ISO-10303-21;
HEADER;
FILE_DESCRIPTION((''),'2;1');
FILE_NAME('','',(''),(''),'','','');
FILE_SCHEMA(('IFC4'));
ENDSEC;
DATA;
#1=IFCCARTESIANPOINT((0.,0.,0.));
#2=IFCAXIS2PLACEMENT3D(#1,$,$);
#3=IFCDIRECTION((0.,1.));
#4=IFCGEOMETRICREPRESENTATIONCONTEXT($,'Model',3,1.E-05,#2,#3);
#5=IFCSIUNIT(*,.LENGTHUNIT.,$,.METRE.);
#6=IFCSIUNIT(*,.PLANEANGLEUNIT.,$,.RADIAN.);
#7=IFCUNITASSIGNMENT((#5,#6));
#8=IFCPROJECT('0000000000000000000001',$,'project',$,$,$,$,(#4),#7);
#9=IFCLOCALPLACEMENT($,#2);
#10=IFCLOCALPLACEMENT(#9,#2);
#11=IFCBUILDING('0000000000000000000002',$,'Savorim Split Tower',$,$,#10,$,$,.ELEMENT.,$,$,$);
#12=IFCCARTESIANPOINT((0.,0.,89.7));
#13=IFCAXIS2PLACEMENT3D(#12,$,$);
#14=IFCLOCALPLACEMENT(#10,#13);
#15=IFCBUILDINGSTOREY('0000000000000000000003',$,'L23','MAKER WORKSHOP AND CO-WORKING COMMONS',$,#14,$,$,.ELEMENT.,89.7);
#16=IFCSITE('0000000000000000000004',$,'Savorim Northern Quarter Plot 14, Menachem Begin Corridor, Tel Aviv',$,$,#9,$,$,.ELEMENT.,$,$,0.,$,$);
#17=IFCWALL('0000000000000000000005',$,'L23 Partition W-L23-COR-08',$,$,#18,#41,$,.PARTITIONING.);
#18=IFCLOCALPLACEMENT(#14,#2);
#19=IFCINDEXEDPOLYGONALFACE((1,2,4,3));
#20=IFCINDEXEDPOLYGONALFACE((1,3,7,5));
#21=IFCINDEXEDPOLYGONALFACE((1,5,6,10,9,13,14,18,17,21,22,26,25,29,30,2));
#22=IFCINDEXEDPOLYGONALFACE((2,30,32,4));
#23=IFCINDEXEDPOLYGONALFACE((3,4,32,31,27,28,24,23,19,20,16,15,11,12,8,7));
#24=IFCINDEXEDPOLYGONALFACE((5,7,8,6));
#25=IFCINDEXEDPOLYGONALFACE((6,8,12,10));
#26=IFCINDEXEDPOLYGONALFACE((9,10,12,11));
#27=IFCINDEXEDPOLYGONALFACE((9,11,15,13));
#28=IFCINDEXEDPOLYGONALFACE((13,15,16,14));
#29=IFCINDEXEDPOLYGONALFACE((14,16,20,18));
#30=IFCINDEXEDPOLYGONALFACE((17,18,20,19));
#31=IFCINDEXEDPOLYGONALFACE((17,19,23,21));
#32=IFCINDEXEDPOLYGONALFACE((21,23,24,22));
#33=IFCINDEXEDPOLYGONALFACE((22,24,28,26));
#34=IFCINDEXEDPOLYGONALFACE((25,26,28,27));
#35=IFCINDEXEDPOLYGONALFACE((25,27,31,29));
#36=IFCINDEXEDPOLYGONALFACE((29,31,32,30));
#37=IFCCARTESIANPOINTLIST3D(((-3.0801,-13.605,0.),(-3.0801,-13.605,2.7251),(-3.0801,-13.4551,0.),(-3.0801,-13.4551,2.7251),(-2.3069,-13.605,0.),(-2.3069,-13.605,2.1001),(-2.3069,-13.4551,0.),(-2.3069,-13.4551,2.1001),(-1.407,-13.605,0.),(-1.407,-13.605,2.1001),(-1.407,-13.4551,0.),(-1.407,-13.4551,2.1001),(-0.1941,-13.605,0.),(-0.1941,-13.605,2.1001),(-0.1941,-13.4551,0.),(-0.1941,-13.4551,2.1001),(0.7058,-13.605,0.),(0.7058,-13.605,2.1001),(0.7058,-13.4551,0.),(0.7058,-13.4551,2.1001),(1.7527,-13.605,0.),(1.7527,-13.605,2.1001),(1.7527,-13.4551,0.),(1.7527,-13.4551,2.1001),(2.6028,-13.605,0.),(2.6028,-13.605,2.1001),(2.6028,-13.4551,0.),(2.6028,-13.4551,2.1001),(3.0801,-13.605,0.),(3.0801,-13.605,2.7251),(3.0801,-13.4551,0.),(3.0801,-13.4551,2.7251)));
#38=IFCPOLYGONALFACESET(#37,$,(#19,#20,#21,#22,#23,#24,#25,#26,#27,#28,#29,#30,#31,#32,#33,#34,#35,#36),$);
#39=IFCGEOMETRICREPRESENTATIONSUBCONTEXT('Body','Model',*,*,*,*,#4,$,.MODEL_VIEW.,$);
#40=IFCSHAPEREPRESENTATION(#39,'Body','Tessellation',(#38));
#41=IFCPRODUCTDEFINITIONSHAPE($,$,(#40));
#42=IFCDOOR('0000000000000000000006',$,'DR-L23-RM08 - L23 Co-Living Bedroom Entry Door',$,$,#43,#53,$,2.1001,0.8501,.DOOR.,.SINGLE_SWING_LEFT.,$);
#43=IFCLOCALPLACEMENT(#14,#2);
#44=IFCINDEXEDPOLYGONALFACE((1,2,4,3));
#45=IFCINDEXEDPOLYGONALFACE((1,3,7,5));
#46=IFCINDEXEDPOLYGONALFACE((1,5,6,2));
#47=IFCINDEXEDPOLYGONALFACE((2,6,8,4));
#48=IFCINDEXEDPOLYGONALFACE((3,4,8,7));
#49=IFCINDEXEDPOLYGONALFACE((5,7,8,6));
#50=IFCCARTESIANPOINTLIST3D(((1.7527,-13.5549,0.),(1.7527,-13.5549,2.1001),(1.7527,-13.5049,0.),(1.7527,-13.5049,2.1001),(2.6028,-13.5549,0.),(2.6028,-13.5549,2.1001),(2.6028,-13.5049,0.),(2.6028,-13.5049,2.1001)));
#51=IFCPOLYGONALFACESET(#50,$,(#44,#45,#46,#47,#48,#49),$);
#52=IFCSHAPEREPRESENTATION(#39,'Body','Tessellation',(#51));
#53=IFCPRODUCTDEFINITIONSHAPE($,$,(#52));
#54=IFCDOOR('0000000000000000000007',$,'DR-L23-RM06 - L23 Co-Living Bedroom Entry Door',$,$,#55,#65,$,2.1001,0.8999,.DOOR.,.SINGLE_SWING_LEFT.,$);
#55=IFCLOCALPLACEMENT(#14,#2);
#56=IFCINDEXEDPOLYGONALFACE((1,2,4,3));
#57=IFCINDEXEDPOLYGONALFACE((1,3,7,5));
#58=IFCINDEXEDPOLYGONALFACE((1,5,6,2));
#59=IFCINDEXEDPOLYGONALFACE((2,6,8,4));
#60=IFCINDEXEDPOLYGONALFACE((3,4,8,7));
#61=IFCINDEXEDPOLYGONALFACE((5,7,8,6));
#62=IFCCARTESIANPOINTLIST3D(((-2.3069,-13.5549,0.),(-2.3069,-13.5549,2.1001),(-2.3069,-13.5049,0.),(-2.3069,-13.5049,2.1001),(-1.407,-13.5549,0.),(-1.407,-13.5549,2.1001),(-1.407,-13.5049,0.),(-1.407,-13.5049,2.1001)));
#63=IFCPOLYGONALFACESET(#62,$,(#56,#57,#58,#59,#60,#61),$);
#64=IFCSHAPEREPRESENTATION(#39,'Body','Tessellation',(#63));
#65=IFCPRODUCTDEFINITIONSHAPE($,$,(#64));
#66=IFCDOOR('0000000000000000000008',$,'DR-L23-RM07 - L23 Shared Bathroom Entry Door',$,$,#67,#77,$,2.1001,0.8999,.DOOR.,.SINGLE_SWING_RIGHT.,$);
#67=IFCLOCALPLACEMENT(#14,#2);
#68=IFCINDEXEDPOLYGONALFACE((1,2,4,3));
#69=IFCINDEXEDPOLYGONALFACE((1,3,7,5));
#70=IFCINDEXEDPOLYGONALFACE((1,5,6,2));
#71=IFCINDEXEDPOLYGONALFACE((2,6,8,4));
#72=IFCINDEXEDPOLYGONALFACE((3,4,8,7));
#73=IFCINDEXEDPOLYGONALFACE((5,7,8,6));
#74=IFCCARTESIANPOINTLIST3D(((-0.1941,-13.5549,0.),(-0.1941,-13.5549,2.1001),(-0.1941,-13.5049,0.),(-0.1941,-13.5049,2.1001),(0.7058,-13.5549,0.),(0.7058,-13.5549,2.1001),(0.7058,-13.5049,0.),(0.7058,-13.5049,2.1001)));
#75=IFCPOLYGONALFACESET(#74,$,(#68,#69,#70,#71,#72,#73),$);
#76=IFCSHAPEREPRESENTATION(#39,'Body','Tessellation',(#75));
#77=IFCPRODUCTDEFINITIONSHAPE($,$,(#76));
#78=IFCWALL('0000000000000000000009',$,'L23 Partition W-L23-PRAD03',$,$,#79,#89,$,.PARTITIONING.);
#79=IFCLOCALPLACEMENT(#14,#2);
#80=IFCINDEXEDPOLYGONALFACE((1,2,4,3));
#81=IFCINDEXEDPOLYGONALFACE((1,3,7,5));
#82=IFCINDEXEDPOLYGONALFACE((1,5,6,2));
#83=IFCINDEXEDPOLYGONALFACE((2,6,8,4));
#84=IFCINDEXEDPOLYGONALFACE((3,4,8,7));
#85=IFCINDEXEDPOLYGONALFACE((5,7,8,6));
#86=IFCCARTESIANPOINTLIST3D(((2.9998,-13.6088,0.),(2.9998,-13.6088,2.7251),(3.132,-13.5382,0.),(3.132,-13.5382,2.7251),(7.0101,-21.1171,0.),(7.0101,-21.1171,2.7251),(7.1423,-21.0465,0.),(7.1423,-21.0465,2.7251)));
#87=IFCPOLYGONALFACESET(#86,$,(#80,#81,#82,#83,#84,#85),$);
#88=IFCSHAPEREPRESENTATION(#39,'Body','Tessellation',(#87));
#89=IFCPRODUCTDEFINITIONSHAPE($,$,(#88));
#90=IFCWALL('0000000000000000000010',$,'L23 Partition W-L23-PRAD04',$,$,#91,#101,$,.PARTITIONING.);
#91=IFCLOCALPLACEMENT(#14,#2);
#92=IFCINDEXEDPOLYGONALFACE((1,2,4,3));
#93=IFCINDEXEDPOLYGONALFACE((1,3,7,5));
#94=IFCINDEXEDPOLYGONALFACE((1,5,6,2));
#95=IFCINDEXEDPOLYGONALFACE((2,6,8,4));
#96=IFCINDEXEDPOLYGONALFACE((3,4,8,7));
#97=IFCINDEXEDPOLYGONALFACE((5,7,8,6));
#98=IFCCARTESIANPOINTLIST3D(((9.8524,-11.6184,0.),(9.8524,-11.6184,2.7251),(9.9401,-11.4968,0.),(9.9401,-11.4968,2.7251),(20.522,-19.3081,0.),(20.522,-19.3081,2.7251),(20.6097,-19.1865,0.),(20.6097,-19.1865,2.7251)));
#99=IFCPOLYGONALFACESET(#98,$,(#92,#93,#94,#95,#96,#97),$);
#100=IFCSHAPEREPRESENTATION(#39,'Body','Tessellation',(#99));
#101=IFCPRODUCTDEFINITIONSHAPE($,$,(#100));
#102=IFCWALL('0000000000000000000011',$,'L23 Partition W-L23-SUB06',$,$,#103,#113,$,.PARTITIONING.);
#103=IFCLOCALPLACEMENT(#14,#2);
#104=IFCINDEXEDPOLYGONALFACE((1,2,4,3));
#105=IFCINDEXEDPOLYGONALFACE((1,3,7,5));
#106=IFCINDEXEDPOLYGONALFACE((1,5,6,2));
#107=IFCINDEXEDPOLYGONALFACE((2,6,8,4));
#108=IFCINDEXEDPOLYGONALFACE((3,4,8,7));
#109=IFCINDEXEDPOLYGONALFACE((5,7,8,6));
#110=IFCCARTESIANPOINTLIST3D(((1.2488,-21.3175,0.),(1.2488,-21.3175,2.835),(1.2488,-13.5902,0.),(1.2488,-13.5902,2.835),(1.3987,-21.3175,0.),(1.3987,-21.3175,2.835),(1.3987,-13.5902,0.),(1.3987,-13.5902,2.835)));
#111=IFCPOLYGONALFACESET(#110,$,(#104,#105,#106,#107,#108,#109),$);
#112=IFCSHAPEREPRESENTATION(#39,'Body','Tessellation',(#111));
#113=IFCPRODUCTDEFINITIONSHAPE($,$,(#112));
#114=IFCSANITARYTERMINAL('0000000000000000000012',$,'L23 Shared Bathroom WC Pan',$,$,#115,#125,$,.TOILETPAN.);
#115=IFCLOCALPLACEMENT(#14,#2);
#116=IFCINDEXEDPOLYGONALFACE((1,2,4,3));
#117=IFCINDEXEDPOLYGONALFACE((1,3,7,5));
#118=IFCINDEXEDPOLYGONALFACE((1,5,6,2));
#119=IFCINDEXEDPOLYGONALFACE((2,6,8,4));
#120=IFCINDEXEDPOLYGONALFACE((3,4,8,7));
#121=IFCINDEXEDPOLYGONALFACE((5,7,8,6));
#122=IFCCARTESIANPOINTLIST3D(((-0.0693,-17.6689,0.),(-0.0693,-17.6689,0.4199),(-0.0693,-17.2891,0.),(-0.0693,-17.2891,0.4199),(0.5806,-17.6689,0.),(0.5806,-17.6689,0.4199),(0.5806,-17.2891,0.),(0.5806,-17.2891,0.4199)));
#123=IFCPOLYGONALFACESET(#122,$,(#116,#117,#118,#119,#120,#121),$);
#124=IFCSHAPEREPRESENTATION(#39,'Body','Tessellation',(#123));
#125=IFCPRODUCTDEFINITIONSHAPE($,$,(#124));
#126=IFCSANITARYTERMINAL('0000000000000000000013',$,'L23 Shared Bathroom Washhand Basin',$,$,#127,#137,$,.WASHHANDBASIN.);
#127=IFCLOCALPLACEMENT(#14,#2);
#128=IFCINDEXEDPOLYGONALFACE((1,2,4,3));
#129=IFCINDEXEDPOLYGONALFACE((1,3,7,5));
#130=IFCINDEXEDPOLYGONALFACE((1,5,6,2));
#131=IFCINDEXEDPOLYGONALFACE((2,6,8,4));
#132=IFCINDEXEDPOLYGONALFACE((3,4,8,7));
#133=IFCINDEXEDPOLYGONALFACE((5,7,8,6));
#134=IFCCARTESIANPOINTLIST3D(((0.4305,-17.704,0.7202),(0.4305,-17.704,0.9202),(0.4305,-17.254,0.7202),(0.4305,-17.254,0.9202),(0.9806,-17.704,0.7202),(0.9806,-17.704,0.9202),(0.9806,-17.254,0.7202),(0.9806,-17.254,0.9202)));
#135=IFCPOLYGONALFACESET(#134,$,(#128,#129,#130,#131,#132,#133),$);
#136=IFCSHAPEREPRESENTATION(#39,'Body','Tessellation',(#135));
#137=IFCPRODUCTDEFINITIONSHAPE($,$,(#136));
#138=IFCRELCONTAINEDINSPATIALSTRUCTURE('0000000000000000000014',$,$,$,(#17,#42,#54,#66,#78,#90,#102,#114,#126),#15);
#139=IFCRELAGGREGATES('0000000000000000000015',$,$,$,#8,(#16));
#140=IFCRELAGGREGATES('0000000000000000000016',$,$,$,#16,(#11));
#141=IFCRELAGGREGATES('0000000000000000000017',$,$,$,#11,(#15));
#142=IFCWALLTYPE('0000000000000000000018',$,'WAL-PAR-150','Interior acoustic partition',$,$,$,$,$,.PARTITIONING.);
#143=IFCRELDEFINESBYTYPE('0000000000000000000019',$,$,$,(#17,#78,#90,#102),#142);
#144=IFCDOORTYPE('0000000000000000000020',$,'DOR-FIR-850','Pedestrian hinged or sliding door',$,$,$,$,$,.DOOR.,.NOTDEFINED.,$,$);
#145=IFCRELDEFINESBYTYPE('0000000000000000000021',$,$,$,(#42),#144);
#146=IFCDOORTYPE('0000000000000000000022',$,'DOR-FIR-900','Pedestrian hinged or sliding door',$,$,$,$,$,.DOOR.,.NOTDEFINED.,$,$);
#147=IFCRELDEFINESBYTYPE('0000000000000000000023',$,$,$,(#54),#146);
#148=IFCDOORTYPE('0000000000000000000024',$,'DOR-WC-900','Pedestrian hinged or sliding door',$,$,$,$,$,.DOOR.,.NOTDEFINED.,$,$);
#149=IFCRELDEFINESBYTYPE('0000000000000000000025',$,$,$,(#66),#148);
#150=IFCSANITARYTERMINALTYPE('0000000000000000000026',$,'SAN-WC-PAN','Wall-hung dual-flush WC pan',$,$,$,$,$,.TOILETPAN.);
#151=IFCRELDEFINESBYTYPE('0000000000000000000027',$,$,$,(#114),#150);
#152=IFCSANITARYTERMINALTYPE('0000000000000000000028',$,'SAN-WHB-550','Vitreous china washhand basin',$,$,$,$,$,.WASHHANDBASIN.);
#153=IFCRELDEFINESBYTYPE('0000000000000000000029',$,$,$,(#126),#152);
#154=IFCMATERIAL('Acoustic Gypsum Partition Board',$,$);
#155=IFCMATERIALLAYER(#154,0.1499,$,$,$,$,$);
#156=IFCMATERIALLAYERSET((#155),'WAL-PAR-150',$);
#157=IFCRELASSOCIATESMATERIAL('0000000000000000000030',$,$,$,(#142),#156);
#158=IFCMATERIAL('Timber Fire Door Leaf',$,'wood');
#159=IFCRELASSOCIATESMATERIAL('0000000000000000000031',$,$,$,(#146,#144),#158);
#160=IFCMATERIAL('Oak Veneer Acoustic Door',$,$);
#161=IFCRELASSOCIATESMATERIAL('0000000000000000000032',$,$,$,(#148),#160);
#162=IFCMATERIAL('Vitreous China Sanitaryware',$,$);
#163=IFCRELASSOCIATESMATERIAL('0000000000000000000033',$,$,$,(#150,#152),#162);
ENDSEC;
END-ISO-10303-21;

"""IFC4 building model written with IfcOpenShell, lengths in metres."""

from ifc_helpers import new_model, si_unit, direction, frame, frame_2d, origin, origin_2d, place, context, subcontext, project, spatial, rectangle, extrude, material, layer, layer_set, type_object, element, fill, save


model = new_model("IFC4")

# Units and contexts
model_context = context("Model", 3, precision=1e-05, world=origin(), true_north=direction((0.0, 1.0)))
body_context = subcontext(model_context, "Body", "Model", "MODEL_VIEW")
ifc_project = project(units=[si_unit("LENGTHUNIT", "METRE"), si_unit("PLANEANGLEUNIT", "RADIAN")], contexts=[model_context])

# Site, building, storey
site_placement = place(None, origin())
site = spatial("IfcSite", under=ifc_project, at=site_placement, Name="Savorim Northern Quarter Plot 14, Menachem Begin Corridor, Tel Aviv", CompositionType="ELEMENT", RefElevation=0.0)
building_placement = place(site_placement, origin())
building = spatial("IfcBuilding", under=site, at=building_placement, Name="Savorim Split Tower", CompositionType="ELEMENT")
storey_placement = place(building_placement, frame((0.0, 0.0, 89.7)))
storey = spatial("IfcBuildingStorey", under=building, at=storey_placement, Name="L23", Description="MAKER WORKSHOP AND CO-WORKING COMMONS", CompositionType="ELEMENT", Elevation=89.7)

# Shared definitions
ifc_material_1 = material(Name="Acoustic Gypsum Partition Board")
ifc_layer_1 = layer(ifc_material_1, 0.1499)
ifc_layer_set_1 = layer_set([ifc_layer_1], Name="WAL-PAR-150")
wall_type_1 = type_object("IfcWallType", Name="WAL-PAR-150", Description="Interior acoustic partition", PredefinedType="PARTITIONING", material=ifc_layer_set_1)

# Shared definitions
ifc_material_2 = material(Name="Timber Fire Door Leaf", Category="wood")
door_type_1 = type_object("IfcDoorType", Name="DOR-FIR-900", Description="Pedestrian hinged or sliding door", OperationType="NOTDEFINED", PredefinedType="DOOR", material=ifc_material_2)

# Wall, openings, doors
wall_1_placement = place(storey_placement, frame((3.0801, -13.53, 0.0), z_axis=(0.0, 0.0, 1.0), x_axis=(-1.0, 0.0, 0.0)))
wall_1 = element("IfcWall", 1, at=wall_1_placement, inside=storey, type_object=wall_type_1, Name="L23 Partition W-L23-COR-08", PredefinedType="PARTITIONING", context=body_context, shape_type="SweptSolid", body=[
    extrude(rectangle(XDim=6.1602, YDim=0.1499, at=frame_2d((3.0801, 0.0))), origin(), (0.0, 0.0, 1.0), 2.7251),
])
opening_1_placement = place(wall_1_placement, frame((4.4871, 0.0, 0.0)))
opening_1 = element("IfcOpeningElement", 2, at=opening_1_placement, cuts=wall_1, PredefinedType="OPENING", context=body_context, shape_type="SweptSolid", body=[
    extrude(rectangle(XDim=0.8999, YDim=2.1001, at=frame_2d((0.45, 1.05))), frame((0.0, 0.085, 0.0), z_axis=(0.0, -1.0, 0.0), x_axis=(1.0, 0.0, 0.0)), (0.0, 0.0, 1.0), 0.1699),
])
opening_2_placement = place(wall_1_placement, frame((2.3743, 0.0, 0.0)))
opening_2 = element("IfcOpeningElement", 3, at=opening_2_placement, cuts=wall_1, PredefinedType="OPENING", context=body_context, shape_type="SweptSolid", body=[
    extrude(rectangle(XDim=0.8999, YDim=2.1001, at=frame_2d((0.45, 1.05))), frame((0.0, 0.085, 0.0), z_axis=(0.0, -1.0, 0.0), x_axis=(1.0, 0.0, 0.0)), (0.0, 0.0, 1.0), 0.1699),
])
opening_3_placement = place(wall_1_placement, frame((0.4773, 0.0, 0.0)))
opening_3 = element("IfcOpeningElement", 4, at=opening_3_placement, cuts=wall_1, PredefinedType="OPENING", context=body_context, shape_type="SweptSolid", body=[
    extrude(rectangle(XDim=0.8501, YDim=2.1001, at=frame_2d((0.425, 1.05))), frame((0.0, 0.085, 0.0), z_axis=(0.0, -1.0, 0.0), x_axis=(1.0, 0.0, 0.0)), (0.0, 0.0, 1.0), 0.1699),
])
door_type_2 = type_object("IfcDoorType", Name="DOR-FIR-850", Description="Pedestrian hinged or sliding door", OperationType="NOTDEFINED", PredefinedType="DOOR", material=ifc_material_2)
door_1_placement = place(opening_3_placement, origin())
door_1 = element("IfcDoor", 5, at=door_1_placement, inside=storey, type_object=door_type_2, Name="DR-L23-RM08 - L23 Co-Living Bedroom Entry Door", OperationType="SINGLE_SWING_LEFT", OverallHeight=2.1001, OverallWidth=0.8501, PredefinedType="DOOR", context=body_context, shape_type="SweptSolid", body=[
    extrude(rectangle(XDim=0.8501, YDim=2.1001, at=frame_2d((0.425, 1.05))), frame((0.0, 0.0249, 0.0), z_axis=(0.0, -1.0, 0.0), x_axis=(1.0, 0.0, 0.0)), (0.0, 0.0, 1.0), 0.05),
])
fill(opening_3, door_1)
door_2_placement = place(opening_1_placement, origin())
door_2 = element("IfcDoor", 6, at=door_2_placement, inside=storey, type_object=door_type_1, Name="DR-L23-RM06 - L23 Co-Living Bedroom Entry Door", OperationType="SINGLE_SWING_LEFT", OverallHeight=2.1001, OverallWidth=0.8999, PredefinedType="DOOR", context=body_context, shape_type="SweptSolid", body=[
    extrude(rectangle(XDim=0.8999, YDim=2.1001, at=frame_2d((0.45, 1.05))), frame((0.0, 0.0249, 0.0), z_axis=(0.0, -1.0, 0.0), x_axis=(1.0, 0.0, 0.0)), (0.0, 0.0, 1.0), 0.05),
])
fill(opening_1, door_2)
ifc_material_3 = material(Name="Oak Veneer Acoustic Door")
door_type_3 = type_object("IfcDoorType", Name="DOR-WC-900", Description="Pedestrian hinged or sliding door", OperationType="NOTDEFINED", PredefinedType="DOOR", material=ifc_material_3)
door_3_placement = place(opening_2_placement, origin())
door_3 = element("IfcDoor", 7, at=door_3_placement, inside=storey, type_object=door_type_3, Name="DR-L23-RM07 - L23 Shared Bathroom Entry Door", OperationType="SINGLE_SWING_RIGHT", OverallHeight=2.1001, OverallWidth=0.8999, PredefinedType="DOOR", context=body_context, shape_type="SweptSolid", body=[
    extrude(rectangle(XDim=0.8999, YDim=2.1001, at=frame_2d((0.45, 1.05))), frame((0.0, 0.0249, 0.0), z_axis=(0.0, -1.0, 0.0), x_axis=(1.0, 0.0, 0.0)), (0.0, 0.0, 1.0), 0.05),
])
fill(opening_2, door_3)

# Walls
wall_2_placement = place(storey_placement, frame((3.0659, -13.5735, 0.0), z_axis=(0.0, 0.0, 1.0), x_axis=(0.471121, -0.882069, 0.0)))
element("IfcWall", 8, at=wall_2_placement, inside=storey, type_object=wall_type_1, Name="L23 Partition W-L23-PRAD03", PredefinedType="PARTITIONING", context=body_context, shape_type="SweptSolid", body=[
    extrude(rectangle(XDim=8.5122, YDim=0.1499, at=frame_2d((4.2561, 0.0))), origin(), (0.0, 0.0, 1.0), 2.7251),
])
wall_3_placement = place(storey_placement, frame((9.8962, -11.5576, 0.0), z_axis=(0.0, 0.0, 1.0), x_axis=(0.811263, -0.584682, 0.0)))
element("IfcWall", 9, at=wall_3_placement, inside=storey, type_object=wall_type_1, Name="L23 Partition W-L23-PRAD04", PredefinedType="PARTITIONING", context=body_context, shape_type="SweptSolid", body=[
    extrude(rectangle(XDim=13.1519, YDim=0.1499, at=frame_2d((6.5759, 0.0))), origin(), (0.0, 0.0, 1.0), 2.7251),
])
wall_4_placement = place(storey_placement, frame((1.3237, -13.5901, 0.0), z_axis=(0.0, 0.0, 1.0), x_axis=(0.0, -1.0, 0.0)))
element("IfcWall", 10, at=wall_4_placement, inside=storey, type_object=wall_type_1, Name="L23 Partition W-L23-SUB06", PredefinedType="PARTITIONING", context=body_context, shape_type="SweptSolid", body=[
    extrude(rectangle(XDim=7.7273, YDim=0.1499, at=frame_2d((3.8638, 0.0))), origin(), (0.0, 0.0, 1.0), 2.835),
])

# Sanitary terminals
ifc_material_4 = material(Name="Vitreous China Sanitaryware")
sanitary_terminal_type_1 = type_object("IfcSanitaryTerminalType", Name="SAN-WC-PAN", Description="Wall-hung dual-flush WC pan", PredefinedType="TOILETPAN", material=ifc_material_4)
sanitary_terminal_1_placement = place(storey_placement, frame((0.2556, -17.479, 0.0), z_axis=(0.0, 0.0, 1.0), x_axis=(1.0, 0.0, 0.0)))
element("IfcSanitaryTerminal", 11, at=sanitary_terminal_1_placement, inside=storey, type_object=sanitary_terminal_type_1, Name="L23 Shared Bathroom WC Pan", PredefinedType="TOILETPAN", context=body_context, shape_type="SweptSolid", body=[
    extrude(rectangle(XDim=0.6499, YDim=0.3799, at=origin_2d()), origin(), (0.0, 0.0, 1.0), 0.4199),
])
sanitary_terminal_type_2 = type_object("IfcSanitaryTerminalType", Name="SAN-WHB-550", Description="Vitreous china washhand basin", PredefinedType="WASHHANDBASIN", material=ifc_material_4)
sanitary_terminal_2_placement = place(storey_placement, frame((0.7056, -17.479, 0.7202), z_axis=(0.0, 0.0, 1.0), x_axis=(1.0, 0.0, 0.0)))
element("IfcSanitaryTerminal", 12, at=sanitary_terminal_2_placement, inside=storey, type_object=sanitary_terminal_type_2, Name="L23 Shared Bathroom Washhand Basin", PredefinedType="WASHHANDBASIN", context=body_context, shape_type="SweptSolid", body=[
    extrude(rectangle(XDim=0.55, YDim=0.45, at=origin_2d()), origin(), (0.0, 0.0, 1.0), 0.2),
])

save(model, "model.ifc")
